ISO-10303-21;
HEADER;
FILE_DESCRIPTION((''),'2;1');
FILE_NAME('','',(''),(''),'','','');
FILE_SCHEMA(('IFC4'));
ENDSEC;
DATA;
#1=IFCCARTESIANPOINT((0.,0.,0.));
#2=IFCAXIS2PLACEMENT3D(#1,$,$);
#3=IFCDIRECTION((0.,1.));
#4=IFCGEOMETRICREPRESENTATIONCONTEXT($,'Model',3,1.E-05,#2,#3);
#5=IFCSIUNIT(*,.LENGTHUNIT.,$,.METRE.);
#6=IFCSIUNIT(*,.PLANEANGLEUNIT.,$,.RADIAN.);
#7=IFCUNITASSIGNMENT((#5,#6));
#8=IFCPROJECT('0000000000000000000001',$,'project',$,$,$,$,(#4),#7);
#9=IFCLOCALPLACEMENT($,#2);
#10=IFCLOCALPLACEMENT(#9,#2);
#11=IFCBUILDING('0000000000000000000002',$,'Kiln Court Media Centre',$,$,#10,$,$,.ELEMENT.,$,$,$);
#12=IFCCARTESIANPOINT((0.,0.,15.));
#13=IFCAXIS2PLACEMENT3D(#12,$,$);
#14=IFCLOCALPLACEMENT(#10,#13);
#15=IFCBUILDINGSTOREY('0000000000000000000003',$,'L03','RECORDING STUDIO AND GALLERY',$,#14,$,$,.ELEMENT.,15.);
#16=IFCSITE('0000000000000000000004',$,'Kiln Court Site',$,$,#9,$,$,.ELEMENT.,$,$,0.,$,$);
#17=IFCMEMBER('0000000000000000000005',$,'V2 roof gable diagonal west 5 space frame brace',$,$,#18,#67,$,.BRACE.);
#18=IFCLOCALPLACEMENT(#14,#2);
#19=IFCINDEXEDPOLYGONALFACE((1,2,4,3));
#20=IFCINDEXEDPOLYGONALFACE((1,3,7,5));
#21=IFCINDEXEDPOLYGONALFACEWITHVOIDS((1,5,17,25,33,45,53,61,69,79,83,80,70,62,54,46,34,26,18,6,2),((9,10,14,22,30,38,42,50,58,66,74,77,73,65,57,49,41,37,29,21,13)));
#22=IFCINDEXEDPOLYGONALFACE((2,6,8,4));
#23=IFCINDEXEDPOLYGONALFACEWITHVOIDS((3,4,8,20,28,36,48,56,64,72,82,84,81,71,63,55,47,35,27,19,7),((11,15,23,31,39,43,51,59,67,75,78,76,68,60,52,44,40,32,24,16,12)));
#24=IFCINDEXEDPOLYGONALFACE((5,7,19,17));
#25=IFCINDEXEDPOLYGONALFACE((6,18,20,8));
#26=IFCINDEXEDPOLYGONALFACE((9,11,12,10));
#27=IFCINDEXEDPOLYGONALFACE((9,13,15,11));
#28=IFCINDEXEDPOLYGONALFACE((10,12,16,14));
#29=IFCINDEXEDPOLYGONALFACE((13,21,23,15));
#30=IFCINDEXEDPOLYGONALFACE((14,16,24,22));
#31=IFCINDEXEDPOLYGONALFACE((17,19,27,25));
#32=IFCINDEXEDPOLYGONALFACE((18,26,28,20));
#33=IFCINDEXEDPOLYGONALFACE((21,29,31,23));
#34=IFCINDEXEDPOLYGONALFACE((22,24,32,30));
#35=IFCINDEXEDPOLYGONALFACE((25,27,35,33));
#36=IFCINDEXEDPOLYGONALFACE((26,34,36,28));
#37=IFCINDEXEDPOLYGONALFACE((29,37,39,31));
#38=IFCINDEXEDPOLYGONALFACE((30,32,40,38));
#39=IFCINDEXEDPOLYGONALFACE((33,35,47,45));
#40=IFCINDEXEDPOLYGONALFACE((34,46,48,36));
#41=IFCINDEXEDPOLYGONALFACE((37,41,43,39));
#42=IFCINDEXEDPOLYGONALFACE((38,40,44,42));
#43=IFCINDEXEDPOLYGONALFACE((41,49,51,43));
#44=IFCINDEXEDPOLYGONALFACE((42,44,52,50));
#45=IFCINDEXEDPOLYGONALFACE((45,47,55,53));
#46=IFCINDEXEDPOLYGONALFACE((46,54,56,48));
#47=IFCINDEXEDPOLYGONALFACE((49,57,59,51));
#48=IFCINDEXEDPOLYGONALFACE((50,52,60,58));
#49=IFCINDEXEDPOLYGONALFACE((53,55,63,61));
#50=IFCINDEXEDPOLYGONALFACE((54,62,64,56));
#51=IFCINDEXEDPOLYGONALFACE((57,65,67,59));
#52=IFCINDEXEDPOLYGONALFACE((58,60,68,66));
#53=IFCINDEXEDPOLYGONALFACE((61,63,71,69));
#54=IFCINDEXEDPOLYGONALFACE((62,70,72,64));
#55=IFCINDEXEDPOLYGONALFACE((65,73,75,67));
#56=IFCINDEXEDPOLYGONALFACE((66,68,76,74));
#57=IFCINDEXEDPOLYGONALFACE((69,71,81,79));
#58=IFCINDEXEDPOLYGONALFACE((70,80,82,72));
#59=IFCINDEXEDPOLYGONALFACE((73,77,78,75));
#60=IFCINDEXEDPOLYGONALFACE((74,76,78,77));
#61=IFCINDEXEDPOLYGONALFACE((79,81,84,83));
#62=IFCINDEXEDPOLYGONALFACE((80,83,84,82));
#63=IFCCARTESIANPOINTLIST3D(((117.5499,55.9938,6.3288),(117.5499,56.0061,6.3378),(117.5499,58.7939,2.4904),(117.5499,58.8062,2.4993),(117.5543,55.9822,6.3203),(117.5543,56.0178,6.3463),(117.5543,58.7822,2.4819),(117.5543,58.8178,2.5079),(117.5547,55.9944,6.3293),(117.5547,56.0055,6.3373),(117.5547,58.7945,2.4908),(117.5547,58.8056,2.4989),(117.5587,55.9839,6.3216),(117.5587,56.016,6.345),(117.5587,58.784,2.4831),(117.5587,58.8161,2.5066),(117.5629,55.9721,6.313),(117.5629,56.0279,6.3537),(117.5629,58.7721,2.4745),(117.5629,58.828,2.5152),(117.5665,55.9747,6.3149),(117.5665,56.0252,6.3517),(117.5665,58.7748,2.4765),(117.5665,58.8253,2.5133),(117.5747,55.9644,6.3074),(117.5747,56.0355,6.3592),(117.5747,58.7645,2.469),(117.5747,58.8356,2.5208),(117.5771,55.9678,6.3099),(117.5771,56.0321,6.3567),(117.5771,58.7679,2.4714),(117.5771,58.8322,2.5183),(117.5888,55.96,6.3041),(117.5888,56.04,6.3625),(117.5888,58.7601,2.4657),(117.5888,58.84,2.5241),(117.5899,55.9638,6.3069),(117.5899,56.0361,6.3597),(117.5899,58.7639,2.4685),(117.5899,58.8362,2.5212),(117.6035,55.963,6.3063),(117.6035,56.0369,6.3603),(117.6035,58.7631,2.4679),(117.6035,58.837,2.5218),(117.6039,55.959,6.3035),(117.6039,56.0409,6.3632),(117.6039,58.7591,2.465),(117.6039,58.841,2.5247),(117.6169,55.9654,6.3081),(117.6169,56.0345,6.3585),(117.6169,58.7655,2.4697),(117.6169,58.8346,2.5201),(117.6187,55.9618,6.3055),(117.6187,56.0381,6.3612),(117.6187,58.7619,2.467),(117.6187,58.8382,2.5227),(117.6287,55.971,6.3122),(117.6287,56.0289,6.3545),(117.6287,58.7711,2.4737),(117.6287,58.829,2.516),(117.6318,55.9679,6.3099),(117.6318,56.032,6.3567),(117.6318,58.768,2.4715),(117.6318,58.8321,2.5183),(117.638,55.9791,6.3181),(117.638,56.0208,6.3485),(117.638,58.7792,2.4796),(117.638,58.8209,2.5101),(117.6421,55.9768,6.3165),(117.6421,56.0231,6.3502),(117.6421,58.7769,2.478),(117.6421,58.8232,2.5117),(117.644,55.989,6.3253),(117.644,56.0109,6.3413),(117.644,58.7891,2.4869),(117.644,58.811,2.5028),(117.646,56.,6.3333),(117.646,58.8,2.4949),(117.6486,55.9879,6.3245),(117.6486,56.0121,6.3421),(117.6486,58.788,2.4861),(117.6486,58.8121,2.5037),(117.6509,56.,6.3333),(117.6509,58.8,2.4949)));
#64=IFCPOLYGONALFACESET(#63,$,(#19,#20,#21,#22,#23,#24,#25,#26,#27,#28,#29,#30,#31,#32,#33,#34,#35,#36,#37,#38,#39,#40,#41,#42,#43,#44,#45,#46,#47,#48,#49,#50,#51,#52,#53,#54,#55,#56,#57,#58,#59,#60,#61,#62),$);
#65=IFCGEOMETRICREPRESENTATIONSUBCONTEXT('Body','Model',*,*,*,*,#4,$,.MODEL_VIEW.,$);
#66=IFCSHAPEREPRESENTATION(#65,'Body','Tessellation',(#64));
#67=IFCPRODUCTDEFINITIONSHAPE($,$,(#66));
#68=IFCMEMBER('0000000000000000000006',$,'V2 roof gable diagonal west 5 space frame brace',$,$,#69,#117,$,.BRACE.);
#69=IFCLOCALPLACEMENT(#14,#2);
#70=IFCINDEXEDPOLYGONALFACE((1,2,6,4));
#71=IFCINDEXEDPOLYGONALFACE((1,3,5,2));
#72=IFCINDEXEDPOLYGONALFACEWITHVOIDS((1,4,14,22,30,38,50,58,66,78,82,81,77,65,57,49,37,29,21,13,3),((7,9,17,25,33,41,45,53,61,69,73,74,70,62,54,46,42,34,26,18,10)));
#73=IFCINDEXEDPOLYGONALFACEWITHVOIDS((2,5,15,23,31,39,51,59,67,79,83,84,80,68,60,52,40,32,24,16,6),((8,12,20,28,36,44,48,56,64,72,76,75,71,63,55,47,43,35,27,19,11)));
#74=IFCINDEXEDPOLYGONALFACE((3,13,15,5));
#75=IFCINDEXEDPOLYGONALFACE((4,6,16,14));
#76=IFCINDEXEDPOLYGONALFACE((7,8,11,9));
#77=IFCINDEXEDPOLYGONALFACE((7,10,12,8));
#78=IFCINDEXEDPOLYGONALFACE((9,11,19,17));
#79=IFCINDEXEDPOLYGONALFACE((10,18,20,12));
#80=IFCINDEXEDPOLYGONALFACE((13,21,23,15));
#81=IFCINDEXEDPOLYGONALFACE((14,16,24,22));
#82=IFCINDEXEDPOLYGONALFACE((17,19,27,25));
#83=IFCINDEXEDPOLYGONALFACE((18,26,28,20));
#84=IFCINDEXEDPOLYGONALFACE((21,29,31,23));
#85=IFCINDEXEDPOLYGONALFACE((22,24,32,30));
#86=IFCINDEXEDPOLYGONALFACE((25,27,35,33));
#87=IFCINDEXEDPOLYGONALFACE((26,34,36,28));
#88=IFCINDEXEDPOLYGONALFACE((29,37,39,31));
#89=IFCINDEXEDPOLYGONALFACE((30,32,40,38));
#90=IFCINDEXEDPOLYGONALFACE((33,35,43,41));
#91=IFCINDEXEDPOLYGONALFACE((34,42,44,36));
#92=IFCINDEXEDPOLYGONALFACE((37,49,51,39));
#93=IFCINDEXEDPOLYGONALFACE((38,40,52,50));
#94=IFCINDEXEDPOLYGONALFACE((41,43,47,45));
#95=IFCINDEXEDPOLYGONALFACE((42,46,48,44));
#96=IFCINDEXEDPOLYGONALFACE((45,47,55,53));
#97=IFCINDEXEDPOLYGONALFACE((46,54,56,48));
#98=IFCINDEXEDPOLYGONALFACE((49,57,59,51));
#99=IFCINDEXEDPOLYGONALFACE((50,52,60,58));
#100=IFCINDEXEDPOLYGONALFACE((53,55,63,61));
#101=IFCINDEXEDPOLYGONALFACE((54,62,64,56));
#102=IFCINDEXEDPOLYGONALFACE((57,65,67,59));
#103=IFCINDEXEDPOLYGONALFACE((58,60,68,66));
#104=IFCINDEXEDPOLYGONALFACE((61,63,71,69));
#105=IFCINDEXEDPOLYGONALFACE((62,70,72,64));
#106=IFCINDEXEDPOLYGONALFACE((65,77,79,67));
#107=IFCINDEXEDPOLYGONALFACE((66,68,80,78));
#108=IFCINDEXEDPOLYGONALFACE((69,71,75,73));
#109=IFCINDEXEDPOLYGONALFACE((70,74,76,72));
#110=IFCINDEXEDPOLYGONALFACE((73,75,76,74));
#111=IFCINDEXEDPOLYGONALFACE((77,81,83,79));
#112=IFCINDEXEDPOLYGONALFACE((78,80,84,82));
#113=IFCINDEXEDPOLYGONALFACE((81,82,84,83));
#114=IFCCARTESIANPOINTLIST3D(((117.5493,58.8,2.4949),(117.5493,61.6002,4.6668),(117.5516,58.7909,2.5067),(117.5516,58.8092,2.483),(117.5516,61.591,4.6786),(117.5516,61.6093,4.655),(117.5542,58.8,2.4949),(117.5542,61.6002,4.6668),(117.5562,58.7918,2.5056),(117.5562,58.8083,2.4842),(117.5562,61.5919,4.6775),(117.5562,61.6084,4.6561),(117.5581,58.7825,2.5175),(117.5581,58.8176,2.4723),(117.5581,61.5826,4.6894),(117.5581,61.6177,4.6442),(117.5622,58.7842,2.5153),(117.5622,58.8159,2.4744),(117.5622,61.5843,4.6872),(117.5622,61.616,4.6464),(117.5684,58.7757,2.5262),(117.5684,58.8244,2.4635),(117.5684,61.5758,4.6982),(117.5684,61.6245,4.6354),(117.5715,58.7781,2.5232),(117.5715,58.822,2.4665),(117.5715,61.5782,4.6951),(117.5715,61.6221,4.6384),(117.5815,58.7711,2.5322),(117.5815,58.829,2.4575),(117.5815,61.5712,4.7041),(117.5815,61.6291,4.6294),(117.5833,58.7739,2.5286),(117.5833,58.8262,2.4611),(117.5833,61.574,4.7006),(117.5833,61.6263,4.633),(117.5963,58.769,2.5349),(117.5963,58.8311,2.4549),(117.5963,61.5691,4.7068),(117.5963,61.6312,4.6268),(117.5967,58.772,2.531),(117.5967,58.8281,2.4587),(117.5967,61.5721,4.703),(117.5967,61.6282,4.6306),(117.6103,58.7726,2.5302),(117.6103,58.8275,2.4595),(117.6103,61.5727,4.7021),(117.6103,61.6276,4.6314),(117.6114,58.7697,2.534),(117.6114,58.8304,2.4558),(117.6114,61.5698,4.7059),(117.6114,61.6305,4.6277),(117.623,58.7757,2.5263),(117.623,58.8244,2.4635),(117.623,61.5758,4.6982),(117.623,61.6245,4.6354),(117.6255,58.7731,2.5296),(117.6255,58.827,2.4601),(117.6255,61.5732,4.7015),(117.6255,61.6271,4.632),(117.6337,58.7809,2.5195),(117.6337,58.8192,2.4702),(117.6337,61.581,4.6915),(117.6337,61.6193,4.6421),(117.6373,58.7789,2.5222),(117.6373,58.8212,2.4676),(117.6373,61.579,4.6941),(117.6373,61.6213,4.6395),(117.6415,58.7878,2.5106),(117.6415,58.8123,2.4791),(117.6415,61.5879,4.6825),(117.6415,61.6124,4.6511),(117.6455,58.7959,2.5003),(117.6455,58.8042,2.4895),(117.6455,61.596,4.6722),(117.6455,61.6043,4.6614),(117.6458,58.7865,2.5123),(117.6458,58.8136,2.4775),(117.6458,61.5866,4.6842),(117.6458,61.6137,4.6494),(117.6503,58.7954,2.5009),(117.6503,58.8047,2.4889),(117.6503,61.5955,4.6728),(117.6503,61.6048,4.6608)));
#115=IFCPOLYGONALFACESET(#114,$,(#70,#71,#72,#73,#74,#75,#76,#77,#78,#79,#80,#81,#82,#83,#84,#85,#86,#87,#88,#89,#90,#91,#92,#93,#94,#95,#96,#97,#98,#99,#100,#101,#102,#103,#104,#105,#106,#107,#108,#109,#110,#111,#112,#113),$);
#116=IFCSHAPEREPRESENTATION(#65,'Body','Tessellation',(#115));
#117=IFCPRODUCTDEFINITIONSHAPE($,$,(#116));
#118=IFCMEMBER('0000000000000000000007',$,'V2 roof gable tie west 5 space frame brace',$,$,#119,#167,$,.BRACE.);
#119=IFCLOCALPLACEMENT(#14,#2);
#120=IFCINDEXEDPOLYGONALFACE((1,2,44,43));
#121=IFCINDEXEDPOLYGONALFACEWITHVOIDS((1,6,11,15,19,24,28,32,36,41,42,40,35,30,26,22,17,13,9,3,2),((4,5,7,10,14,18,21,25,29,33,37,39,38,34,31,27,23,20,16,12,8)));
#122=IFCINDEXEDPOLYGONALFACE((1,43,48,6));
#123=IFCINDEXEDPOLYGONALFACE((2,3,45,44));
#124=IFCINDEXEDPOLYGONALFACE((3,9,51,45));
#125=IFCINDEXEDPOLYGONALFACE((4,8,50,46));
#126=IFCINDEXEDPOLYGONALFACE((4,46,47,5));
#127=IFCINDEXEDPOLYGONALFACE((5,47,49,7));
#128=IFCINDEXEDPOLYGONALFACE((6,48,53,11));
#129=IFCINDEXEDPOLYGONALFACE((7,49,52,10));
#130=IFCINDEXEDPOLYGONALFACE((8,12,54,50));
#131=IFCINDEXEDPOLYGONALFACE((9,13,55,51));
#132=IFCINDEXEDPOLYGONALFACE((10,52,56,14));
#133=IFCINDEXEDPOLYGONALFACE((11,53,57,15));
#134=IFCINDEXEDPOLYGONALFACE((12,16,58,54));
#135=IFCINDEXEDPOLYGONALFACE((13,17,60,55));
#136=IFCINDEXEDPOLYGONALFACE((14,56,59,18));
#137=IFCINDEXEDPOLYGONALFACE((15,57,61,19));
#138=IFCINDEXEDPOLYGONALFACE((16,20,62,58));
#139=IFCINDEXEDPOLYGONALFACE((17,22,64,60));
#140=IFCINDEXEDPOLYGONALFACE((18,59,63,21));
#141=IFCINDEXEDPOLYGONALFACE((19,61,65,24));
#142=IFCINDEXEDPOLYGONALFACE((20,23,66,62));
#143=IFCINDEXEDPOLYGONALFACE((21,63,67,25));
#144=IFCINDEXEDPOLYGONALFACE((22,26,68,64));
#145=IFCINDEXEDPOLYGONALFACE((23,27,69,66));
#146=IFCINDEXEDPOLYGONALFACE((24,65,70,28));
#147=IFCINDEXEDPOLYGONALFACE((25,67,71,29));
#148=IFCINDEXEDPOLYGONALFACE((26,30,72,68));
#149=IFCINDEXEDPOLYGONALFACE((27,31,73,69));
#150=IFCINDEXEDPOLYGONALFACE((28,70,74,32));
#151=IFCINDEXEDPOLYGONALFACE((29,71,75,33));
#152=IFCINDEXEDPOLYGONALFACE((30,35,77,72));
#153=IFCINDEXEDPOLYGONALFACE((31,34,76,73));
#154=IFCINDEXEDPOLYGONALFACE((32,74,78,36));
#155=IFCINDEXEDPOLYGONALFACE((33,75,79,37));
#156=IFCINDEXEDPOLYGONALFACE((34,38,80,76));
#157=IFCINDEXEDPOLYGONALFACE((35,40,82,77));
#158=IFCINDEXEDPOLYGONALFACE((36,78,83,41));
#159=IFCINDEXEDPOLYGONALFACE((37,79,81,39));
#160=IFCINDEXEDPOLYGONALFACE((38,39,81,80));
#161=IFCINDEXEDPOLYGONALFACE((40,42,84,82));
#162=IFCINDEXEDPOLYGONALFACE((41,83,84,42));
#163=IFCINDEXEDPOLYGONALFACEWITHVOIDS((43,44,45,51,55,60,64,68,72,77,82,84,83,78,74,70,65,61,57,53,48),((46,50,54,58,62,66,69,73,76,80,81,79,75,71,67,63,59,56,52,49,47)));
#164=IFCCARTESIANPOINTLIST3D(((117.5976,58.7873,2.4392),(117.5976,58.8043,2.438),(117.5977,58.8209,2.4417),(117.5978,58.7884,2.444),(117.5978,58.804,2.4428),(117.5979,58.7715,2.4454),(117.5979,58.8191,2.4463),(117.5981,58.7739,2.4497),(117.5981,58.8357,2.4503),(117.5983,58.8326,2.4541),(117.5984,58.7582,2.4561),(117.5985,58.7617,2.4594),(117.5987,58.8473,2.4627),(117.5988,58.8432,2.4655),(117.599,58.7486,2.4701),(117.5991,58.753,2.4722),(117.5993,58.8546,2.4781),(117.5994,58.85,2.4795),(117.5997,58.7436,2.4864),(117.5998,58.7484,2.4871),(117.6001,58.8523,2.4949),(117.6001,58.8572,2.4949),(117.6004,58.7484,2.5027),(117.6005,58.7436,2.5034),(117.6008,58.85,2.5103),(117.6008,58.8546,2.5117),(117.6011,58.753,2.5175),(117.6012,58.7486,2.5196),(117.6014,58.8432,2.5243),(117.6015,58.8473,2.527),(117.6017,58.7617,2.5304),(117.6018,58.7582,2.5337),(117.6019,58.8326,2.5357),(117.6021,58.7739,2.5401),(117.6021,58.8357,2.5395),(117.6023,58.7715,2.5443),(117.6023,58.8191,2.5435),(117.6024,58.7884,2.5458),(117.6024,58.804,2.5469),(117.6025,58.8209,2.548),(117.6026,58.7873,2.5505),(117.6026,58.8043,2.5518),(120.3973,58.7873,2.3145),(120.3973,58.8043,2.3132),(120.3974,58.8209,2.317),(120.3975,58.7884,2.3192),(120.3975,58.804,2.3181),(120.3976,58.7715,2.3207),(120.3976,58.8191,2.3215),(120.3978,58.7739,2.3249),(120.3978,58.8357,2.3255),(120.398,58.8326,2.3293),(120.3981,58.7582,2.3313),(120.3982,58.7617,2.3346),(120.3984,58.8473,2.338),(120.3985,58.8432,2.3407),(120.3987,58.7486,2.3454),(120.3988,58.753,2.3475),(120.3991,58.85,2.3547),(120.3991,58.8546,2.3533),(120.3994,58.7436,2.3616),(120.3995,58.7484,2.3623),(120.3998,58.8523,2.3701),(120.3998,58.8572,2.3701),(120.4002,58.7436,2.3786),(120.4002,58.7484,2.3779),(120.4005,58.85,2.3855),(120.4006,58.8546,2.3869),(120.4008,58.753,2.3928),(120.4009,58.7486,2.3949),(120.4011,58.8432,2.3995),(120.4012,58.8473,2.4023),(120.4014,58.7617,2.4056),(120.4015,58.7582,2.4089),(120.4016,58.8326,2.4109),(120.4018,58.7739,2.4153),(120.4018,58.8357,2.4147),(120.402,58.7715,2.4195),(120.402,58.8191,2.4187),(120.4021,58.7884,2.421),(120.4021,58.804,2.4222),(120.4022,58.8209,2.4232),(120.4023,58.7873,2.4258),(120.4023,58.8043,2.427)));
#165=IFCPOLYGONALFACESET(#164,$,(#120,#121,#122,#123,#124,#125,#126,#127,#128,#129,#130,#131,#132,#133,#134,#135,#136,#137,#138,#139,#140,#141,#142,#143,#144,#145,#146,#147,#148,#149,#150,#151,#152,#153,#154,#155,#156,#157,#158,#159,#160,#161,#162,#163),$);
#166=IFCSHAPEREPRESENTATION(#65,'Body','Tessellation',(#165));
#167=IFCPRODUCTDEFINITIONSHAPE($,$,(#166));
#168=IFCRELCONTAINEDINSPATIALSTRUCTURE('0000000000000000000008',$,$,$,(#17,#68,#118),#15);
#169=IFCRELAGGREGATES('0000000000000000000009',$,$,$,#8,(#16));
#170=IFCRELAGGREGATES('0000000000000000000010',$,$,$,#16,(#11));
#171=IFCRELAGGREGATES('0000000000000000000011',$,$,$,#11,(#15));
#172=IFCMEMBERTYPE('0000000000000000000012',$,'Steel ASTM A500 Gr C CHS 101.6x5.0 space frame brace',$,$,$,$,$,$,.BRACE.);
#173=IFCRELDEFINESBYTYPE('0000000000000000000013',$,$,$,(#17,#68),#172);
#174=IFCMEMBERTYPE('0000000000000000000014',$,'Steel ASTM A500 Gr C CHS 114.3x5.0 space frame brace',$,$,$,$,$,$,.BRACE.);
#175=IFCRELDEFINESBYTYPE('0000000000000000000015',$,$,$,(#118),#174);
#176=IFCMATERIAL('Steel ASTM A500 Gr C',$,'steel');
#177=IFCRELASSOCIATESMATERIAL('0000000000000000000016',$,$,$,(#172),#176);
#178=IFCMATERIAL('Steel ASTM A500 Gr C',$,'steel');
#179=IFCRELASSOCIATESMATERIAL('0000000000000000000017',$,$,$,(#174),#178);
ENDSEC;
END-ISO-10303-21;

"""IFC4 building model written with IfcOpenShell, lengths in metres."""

from ifc_helpers import new_model, si_unit, direction, frame, origin, origin_2d, place, context, subcontext, project, spatial, hollow_circle, extrude, material, material_profile, profile_set, type_object, element, save


model = new_model("IFC4")

# Units and contexts
model_context = context("Model", 3, precision=1e-05, world=origin(), true_north=direction((0.0, 1.0)))
body_context = subcontext(model_context, "Body", "Model", "MODEL_VIEW")
ifc_project = project(units=[si_unit("LENGTHUNIT", "METRE"), si_unit("PLANEANGLEUNIT", "RADIAN")], contexts=[model_context])

# Site, building, storey
site_placement = place(None, origin())
site = spatial("IfcSite", under=ifc_project, at=site_placement, Name="Kiln Court Site", CompositionType="ELEMENT", RefElevation=0.0)
building_placement = place(site_placement, origin())
building = spatial("IfcBuilding", under=site, at=building_placement, Name="Kiln Court Media Centre", CompositionType="ELEMENT")
storey_placement = place(building_placement, frame((0.0, 0.0, 15.0)))
storey = spatial("IfcBuildingStorey", under=building, at=storey_placement, Name="L03", Description="RECORDING STUDIO AND GALLERY", CompositionType="ELEMENT", Elevation=15.0)

# Members
ifc_material_1 = material(Name="Steel ASTM A500 Gr C", Category="steel")
ifc_material_profile_1 = material_profile(ifc_material_1, hollow_circle(Radius=0.0508, WallThickness=0.0049, at=origin_2d()), Name="CHS 101.6x5.0")
ifc_profile_set_1 = profile_set([ifc_material_profile_1], Name="Steel ASTM A500 Gr C")
member_type_1 = type_object("IfcMemberType", Name="Steel ASTM A500 Gr C CHS 101.6x5.0 space frame brace", PredefinedType="BRACE", material=ifc_profile_set_1)
member_1_placement = place(storey_placement, frame((117.6001, 58.8, 2.4949), z_axis=(0.0, -0.589341, 0.807884), x_axis=(1.0, 0.0, 0.0)))
element("IfcMember", 1, at=member_1_placement, inside=storey, type_object=member_type_1, Name="V2 roof gable diagonal west 5 space frame brace", PredefinedType="BRACE", context=body_context, shape_type="SweptSolid", body=[
    extrude(hollow_circle(Radius=0.0508, WallThickness=0.0049, at=origin_2d()), origin(), (0.0, 0.0, 1.0), 4.7512),
])
member_2_placement = place(storey_placement, frame((117.6001, 58.8, 2.4949), z_axis=(0.0, 0.790164, 0.612896), x_axis=(-1.0, 0.0, 0.0)))
element("IfcMember", 2, at=member_2_placement, inside=storey, type_object=member_type_1, Name="V2 roof gable diagonal west 5 space frame brace", PredefinedType="BRACE", context=body_context, shape_type="SweptSolid", body=[
    extrude(hollow_circle(Radius=0.0508, WallThickness=0.0049, at=origin_2d()), origin(), (0.0, 0.0, 1.0), 3.5437),
])
ifc_material_2 = material(Name="Steel ASTM A500 Gr C", Category="steel")
ifc_material_profile_2 = material_profile(ifc_material_2, hollow_circle(Radius=0.0571, WallThickness=0.0049, at=origin_2d()), Name="CHS 114.3x5.0")
ifc_profile_set_2 = profile_set([ifc_material_profile_2], Name="Steel ASTM A500 Gr C")
member_type_2 = type_object("IfcMemberType", Name="Steel ASTM A500 Gr C CHS 114.3x5.0 space frame brace", PredefinedType="BRACE", material=ifc_profile_set_2)
member_3_placement = place(storey_placement, frame((117.6001, 58.8, 2.4949), z_axis=(0.999009, 0.0, -0.044515), x_axis=(0.0, 1.0, 0.0)))
element("IfcMember", 3, at=member_3_placement, inside=storey, type_object=member_type_2, Name="V2 roof gable tie west 5 space frame brace", PredefinedType="BRACE", context=body_context, shape_type="SweptSolid", body=[
    extrude(hollow_circle(Radius=0.0571, WallThickness=0.0049, at=origin_2d()), origin(), (0.0, 0.0, 1.0), 2.8025),
])

save(model, "model.ifc")
